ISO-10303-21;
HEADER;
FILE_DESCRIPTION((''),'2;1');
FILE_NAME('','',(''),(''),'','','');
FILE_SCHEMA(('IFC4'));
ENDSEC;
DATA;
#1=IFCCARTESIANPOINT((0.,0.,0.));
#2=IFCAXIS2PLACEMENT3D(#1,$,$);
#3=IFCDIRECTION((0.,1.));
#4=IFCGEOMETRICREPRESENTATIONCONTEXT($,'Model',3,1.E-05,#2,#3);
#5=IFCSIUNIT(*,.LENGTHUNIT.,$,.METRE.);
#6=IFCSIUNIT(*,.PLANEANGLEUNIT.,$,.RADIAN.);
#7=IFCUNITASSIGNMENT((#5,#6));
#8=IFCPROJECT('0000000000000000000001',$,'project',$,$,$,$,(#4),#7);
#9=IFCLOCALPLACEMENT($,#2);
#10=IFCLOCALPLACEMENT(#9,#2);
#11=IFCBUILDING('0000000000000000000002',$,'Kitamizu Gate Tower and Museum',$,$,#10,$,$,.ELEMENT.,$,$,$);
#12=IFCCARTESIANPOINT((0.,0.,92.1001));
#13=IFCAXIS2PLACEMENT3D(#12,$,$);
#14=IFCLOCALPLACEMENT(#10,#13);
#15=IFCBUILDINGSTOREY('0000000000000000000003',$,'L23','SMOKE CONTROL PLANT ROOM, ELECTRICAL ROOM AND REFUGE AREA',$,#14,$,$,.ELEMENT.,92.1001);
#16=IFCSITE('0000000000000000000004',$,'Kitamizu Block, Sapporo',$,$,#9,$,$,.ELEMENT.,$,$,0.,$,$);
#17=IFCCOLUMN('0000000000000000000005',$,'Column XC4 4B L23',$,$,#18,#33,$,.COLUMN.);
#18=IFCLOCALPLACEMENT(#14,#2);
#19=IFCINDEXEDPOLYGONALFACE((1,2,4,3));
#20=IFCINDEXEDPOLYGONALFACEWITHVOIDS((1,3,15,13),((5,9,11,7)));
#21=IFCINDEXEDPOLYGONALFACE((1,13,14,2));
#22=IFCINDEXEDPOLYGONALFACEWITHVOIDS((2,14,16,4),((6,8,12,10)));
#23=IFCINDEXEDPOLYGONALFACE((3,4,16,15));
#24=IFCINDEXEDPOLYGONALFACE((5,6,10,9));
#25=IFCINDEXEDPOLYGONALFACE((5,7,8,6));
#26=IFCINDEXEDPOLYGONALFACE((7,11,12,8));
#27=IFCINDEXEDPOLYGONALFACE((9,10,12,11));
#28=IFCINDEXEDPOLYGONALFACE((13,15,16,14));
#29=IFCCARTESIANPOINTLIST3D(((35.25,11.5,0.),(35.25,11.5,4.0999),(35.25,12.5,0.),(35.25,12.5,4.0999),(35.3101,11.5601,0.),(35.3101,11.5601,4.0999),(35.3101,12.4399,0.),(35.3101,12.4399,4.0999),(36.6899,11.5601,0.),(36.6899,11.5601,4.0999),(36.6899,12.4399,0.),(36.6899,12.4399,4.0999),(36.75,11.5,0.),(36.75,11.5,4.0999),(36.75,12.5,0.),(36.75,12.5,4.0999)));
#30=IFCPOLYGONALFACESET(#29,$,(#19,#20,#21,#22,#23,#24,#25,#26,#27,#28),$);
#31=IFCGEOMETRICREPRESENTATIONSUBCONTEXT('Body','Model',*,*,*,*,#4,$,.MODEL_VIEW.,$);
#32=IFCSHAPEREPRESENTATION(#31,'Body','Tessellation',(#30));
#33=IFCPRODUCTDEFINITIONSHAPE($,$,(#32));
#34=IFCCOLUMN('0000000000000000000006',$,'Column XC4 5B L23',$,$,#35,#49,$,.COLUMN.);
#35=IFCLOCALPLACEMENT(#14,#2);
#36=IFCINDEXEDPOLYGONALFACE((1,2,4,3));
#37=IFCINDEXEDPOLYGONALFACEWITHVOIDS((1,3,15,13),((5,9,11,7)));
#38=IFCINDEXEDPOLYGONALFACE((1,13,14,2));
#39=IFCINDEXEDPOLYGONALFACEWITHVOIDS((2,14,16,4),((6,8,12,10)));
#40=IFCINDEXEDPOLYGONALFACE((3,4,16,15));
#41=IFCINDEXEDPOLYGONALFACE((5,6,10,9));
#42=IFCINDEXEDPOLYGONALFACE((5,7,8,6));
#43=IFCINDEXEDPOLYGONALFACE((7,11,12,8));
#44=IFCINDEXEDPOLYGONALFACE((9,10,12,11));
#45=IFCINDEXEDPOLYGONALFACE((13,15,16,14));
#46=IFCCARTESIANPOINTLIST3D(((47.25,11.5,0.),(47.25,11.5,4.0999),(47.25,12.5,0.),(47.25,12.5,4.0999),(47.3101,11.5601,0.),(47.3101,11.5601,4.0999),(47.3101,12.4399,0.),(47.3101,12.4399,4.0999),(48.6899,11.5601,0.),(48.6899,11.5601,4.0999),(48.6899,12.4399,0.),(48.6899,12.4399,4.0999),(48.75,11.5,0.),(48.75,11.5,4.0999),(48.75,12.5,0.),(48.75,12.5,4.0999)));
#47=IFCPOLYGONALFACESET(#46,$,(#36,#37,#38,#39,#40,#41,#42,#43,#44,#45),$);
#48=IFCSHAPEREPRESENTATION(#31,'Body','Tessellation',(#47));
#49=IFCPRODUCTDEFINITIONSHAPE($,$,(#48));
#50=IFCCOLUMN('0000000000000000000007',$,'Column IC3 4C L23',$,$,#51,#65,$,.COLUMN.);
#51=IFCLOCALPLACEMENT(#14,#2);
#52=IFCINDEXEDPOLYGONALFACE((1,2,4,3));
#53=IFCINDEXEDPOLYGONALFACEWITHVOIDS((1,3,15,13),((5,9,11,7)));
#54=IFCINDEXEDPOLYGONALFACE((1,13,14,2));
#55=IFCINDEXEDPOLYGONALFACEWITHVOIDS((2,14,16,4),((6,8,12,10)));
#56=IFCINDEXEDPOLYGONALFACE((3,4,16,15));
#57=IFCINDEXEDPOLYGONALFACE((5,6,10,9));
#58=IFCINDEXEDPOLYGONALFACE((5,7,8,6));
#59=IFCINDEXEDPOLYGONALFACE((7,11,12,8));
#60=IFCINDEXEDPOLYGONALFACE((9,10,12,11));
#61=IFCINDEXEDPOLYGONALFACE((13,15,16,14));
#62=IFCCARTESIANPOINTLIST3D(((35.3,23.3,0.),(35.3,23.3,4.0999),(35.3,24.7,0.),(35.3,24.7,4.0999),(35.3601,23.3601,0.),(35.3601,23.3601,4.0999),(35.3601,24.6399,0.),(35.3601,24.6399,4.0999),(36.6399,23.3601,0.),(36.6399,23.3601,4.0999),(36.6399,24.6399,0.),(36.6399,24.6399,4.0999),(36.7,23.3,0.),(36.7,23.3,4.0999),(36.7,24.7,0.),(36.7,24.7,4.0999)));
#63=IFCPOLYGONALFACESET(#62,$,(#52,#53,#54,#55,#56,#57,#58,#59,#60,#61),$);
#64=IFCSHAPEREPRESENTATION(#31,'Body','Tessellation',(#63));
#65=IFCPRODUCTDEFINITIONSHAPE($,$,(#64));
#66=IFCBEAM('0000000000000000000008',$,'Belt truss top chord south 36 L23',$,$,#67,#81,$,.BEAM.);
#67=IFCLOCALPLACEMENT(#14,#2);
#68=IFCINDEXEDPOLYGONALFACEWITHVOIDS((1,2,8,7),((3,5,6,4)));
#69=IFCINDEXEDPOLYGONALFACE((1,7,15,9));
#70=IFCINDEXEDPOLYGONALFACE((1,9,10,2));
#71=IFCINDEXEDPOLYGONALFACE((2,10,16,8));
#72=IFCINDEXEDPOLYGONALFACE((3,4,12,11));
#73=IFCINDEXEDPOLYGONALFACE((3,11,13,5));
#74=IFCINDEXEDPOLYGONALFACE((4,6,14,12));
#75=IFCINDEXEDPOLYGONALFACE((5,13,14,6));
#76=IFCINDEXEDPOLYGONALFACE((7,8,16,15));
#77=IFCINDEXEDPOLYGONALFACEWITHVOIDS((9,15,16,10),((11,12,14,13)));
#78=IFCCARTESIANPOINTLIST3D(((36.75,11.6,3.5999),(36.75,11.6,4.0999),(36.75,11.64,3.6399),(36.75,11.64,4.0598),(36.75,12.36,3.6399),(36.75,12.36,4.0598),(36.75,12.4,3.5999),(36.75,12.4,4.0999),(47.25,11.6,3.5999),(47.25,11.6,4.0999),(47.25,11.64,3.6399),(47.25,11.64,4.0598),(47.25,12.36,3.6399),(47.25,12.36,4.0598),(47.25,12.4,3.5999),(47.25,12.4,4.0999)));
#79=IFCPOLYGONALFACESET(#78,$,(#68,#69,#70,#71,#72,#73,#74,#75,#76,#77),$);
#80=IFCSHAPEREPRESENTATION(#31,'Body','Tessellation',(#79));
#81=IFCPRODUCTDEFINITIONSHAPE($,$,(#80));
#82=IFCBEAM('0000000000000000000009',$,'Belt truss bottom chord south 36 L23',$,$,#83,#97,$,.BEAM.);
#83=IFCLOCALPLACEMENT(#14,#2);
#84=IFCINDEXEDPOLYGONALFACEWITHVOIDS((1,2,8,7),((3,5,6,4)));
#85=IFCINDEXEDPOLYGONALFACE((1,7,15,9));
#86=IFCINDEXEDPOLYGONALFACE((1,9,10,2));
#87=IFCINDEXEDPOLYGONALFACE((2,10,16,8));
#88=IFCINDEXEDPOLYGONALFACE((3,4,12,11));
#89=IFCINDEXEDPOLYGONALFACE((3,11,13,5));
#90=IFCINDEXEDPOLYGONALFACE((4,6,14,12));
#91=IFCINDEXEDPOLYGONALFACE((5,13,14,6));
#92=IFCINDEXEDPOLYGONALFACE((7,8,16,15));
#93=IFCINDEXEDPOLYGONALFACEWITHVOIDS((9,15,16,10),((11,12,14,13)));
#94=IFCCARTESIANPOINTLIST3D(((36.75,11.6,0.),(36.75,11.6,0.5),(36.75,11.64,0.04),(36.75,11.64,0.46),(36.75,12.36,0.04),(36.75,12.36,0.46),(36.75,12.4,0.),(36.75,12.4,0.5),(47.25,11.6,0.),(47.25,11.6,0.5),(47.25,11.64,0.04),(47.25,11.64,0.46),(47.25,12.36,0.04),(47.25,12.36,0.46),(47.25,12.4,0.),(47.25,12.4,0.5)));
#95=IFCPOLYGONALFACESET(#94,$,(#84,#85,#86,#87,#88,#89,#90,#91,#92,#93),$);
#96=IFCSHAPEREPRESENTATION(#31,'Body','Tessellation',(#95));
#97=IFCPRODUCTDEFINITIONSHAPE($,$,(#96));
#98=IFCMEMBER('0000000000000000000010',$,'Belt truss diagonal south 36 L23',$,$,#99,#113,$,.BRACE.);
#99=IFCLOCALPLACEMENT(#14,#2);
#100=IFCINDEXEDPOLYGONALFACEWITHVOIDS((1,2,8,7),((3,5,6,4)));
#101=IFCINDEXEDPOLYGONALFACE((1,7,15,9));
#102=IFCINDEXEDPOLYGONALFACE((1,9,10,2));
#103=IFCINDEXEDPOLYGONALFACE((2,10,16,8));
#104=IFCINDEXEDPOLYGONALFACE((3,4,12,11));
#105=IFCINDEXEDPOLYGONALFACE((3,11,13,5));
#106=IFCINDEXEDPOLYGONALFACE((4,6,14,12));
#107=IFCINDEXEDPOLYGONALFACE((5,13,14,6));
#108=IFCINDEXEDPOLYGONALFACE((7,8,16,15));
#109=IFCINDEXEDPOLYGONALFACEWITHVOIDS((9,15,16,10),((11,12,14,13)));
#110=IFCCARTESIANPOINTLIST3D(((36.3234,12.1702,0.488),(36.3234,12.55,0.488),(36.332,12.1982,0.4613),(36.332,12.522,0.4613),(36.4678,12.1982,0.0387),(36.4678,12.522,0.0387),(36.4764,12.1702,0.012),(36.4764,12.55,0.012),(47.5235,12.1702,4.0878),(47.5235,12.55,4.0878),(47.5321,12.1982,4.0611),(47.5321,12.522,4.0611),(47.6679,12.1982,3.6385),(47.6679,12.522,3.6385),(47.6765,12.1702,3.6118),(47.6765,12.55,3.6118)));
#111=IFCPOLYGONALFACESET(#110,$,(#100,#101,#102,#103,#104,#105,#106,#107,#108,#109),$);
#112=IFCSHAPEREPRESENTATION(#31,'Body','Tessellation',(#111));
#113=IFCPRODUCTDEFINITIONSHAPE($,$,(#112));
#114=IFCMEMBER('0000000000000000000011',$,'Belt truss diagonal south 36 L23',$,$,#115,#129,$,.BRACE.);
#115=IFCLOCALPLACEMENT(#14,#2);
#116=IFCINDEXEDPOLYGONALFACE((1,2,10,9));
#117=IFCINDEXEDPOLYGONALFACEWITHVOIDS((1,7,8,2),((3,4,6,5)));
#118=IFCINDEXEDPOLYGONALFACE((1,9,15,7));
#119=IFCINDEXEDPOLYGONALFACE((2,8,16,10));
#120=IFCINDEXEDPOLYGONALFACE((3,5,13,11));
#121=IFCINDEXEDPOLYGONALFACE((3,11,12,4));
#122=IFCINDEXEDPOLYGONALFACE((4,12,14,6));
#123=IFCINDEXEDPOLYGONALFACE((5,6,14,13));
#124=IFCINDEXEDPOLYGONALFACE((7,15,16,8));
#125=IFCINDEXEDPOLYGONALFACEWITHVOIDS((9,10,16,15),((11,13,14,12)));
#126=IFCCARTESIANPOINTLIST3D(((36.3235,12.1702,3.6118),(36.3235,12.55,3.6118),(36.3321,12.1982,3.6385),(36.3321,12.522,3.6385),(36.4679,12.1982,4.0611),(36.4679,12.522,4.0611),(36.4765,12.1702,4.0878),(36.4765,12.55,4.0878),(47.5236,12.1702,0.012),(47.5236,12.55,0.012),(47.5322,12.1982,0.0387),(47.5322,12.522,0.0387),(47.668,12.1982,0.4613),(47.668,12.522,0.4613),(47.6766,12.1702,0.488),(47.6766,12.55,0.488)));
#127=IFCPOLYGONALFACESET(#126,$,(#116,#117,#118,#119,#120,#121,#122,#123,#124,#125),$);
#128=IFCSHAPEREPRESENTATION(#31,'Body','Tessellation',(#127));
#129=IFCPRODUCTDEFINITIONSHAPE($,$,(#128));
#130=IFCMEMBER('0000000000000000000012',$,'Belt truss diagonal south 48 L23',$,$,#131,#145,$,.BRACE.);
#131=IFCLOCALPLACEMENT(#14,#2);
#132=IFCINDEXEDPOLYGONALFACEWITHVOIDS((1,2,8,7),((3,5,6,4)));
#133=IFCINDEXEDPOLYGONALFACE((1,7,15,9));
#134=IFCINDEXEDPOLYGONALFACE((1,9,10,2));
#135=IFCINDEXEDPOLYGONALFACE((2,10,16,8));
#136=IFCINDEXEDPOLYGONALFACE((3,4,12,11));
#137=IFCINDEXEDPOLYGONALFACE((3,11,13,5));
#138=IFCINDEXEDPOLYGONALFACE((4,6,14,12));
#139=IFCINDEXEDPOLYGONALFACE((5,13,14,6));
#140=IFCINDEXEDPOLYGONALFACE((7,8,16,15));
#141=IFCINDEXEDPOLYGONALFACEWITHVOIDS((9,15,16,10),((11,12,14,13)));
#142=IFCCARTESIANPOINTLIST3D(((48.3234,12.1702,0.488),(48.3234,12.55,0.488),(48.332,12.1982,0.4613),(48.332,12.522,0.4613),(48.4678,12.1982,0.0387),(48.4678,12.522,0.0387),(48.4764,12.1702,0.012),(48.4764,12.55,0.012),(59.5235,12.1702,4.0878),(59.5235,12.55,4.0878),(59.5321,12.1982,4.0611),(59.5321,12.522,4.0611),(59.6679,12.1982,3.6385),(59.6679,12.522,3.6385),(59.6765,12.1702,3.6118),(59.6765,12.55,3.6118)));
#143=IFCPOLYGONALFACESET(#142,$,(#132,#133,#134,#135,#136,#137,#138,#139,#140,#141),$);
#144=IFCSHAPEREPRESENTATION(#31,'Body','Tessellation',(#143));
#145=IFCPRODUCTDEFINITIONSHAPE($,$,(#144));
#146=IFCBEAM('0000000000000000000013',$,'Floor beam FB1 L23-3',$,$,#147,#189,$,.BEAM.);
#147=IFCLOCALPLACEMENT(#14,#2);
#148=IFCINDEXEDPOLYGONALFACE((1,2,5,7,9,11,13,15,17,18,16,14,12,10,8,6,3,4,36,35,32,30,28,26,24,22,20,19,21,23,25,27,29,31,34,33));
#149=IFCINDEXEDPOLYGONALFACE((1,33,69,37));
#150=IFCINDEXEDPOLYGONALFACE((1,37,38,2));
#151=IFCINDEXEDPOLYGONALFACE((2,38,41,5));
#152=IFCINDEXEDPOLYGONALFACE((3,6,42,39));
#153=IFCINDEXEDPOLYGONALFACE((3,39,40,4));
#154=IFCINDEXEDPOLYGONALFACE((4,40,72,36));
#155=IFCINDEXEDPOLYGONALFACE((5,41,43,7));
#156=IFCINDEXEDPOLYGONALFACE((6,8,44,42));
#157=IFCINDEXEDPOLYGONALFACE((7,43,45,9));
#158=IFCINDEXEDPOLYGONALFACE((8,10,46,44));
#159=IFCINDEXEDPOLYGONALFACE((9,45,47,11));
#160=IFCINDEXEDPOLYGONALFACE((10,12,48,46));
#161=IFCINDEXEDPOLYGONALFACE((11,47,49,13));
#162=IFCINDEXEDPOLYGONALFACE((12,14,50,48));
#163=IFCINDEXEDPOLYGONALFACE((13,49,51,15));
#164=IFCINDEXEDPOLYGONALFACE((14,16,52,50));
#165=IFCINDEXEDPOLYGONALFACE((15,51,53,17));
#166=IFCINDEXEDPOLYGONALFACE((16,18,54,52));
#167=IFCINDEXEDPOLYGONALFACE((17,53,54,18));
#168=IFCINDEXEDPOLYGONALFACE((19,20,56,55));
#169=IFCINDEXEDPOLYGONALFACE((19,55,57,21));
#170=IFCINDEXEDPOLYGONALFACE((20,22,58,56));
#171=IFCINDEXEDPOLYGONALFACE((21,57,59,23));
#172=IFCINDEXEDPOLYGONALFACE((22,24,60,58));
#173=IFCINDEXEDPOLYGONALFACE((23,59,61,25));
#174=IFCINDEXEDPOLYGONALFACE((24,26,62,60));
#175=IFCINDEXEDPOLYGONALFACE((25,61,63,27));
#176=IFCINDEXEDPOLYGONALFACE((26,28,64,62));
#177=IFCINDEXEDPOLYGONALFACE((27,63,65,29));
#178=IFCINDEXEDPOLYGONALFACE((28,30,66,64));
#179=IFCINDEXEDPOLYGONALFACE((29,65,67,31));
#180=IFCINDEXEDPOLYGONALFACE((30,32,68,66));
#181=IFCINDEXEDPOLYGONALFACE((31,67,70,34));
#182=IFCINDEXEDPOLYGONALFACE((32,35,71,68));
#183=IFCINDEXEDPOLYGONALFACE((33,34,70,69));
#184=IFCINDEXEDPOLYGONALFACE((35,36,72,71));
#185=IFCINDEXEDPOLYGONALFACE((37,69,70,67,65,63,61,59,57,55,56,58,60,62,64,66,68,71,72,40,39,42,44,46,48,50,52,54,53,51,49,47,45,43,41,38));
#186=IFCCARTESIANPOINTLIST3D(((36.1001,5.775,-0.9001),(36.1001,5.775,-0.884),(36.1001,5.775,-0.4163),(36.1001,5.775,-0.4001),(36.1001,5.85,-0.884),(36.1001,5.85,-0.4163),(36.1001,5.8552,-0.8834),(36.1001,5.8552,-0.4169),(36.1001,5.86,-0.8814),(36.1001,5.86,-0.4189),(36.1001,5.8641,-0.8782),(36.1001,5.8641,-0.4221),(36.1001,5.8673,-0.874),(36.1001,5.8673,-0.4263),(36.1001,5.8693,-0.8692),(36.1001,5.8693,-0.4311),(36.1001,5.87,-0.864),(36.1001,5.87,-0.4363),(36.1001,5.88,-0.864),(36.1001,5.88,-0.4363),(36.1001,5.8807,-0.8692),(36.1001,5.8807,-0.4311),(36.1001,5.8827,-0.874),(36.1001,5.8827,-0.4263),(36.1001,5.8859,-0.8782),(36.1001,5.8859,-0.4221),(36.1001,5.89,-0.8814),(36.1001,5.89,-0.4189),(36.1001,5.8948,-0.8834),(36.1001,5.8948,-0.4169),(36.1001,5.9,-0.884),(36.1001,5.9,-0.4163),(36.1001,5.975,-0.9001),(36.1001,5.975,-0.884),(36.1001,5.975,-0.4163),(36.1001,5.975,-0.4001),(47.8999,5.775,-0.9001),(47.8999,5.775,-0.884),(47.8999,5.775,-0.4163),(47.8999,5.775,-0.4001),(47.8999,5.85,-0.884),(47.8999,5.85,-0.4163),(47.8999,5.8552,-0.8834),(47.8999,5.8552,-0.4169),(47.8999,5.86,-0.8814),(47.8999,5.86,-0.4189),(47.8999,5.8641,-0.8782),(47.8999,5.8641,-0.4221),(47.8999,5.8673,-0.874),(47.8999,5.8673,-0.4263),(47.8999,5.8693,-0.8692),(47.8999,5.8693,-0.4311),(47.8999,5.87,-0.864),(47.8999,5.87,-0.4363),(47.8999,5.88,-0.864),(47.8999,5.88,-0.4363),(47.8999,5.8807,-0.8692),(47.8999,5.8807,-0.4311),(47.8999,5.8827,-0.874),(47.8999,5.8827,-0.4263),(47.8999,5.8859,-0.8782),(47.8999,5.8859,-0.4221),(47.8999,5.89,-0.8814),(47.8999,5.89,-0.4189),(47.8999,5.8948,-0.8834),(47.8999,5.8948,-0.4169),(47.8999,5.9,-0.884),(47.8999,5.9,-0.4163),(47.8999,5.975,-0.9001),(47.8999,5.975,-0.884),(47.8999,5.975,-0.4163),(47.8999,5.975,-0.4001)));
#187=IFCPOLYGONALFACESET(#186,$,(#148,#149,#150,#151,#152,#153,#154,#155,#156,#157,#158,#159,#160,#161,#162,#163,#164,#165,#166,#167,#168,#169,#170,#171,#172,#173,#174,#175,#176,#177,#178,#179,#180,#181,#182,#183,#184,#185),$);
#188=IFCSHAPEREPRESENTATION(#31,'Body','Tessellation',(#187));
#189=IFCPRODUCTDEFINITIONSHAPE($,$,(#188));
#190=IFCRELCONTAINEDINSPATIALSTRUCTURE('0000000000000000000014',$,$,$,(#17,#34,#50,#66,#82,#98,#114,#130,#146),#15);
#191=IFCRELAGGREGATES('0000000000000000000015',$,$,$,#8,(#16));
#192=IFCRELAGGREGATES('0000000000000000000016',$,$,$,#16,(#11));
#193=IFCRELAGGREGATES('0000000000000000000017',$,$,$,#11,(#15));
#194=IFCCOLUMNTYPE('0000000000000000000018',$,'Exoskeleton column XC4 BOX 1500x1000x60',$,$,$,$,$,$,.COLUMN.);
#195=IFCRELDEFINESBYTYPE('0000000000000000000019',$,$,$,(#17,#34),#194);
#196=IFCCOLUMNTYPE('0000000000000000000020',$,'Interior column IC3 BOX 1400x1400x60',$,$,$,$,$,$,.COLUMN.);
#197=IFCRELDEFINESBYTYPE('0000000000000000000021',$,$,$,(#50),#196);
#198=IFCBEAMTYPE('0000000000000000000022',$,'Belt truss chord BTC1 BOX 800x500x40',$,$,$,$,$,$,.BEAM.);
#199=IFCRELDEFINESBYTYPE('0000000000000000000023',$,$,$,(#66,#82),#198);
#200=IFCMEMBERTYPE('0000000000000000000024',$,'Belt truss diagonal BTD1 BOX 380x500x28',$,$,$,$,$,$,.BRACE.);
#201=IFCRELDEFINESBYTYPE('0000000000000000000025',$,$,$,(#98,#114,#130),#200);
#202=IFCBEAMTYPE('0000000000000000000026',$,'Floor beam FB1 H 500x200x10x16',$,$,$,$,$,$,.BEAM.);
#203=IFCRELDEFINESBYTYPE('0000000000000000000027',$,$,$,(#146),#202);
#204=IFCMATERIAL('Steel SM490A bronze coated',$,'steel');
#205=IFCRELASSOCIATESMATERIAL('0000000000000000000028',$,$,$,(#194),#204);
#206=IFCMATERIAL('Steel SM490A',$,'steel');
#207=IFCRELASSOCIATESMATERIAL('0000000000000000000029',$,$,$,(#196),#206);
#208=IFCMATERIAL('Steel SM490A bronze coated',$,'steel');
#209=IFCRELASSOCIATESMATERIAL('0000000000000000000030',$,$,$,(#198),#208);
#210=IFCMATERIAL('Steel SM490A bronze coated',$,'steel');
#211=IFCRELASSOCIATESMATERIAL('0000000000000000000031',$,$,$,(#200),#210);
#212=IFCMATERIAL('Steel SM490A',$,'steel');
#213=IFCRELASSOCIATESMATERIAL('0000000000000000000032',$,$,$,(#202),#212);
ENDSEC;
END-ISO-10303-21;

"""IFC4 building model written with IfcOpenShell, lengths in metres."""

from ifc_helpers import new_model, si_unit, direction, frame, origin, origin_2d, place, context, subcontext, project, spatial, hollow_rectangle, i_section, extrude, material, material_profile, profile_set, type_object, element, save


model = new_model("IFC4")

# Units and contexts
model_context = context("Model", 3, precision=1e-05, world=origin(), true_north=direction((0.0, 1.0)))
body_context = subcontext(model_context, "Body", "Model", "MODEL_VIEW")
ifc_project = project(units=[si_unit("LENGTHUNIT", "METRE"), si_unit("PLANEANGLEUNIT", "RADIAN")], contexts=[model_context])

# Site, building, storey
site_placement = place(None, origin())
site = spatial("IfcSite", under=ifc_project, at=site_placement, Name="Kitamizu Block, Sapporo", CompositionType="ELEMENT", RefElevation=0.0)
building_placement = place(site_placement, origin())
building = spatial("IfcBuilding", under=site, at=building_placement, Name="Kitamizu Gate Tower and Museum", CompositionType="ELEMENT")
storey_placement = place(building_placement, frame((0.0, 0.0, 92.1001)))
storey = spatial("IfcBuildingStorey", under=building, at=storey_placement, Name="L23", Description="SMOKE CONTROL PLANT ROOM, ELECTRICAL ROOM AND REFUGE AREA", CompositionType="ELEMENT", Elevation=92.1001)

# Columns
ifc_material_1 = material(Name="Steel SM490A bronze coated", Category="steel")
ifc_material_profile_1 = material_profile(ifc_material_1, hollow_rectangle(XDim=1.5, YDim=1.0, WallThickness=0.0601, at=origin_2d()), Name="BOX 1500x1000x60")
ifc_profile_set_1 = profile_set([ifc_material_profile_1], Name="Steel SM490A bronze coated")
column_type_1 = type_object("IfcColumnType", Name="Exoskeleton column XC4 BOX 1500x1000x60", PredefinedType="COLUMN", material=ifc_profile_set_1)
for number, where, z_axis, x_axis, name in (
    (1, (36.0, 12.0, 0.0), (0.0, 0.0, 1.0), (1.0, 0.0, 0.0), "Column XC4 4B L23"),
    (2, (48.0, 12.0, 0.0), (0.0, 0.0, 1.0), (1.0, 0.0, 0.0), "Column XC4 5B L23"),
):
    element("IfcColumn", number, at=place(storey_placement, frame(where, z_axis=z_axis, x_axis=x_axis)), inside=storey, type_object=column_type_1, Name=name, PredefinedType="COLUMN", context=body_context, shape_type="SweptSolid", body=[
        extrude(hollow_rectangle(XDim=1.5, YDim=1.0, WallThickness=0.0601, at=origin_2d()), origin(), (0.0, 0.0, 1.0), 4.0999),
    ])
ifc_material_2 = material(Name="Steel SM490A", Category="steel")
ifc_material_profile_2 = material_profile(ifc_material_2, hollow_rectangle(XDim=1.3999, YDim=1.3999, WallThickness=0.0601, at=origin_2d()), Name="BOX 1400x1400x60")
ifc_profile_set_2 = profile_set([ifc_material_profile_2], Name="Steel SM490A")
column_type_2 = type_object("IfcColumnType", Name="Interior column IC3 BOX 1400x1400x60", PredefinedType="COLUMN", material=ifc_profile_set_2)
column_placement = place(storey_placement, frame((36.0, 24.0, 0.0), z_axis=(0.0, 0.0, 1.0), x_axis=(1.0, 0.0, 0.0)))
element("IfcColumn", 3, at=column_placement, inside=storey, type_object=column_type_2, Name="Column IC3 4C L23", PredefinedType="COLUMN", context=body_context, shape_type="SweptSolid", body=[
    extrude(hollow_rectangle(XDim=1.3999, YDim=1.3999, WallThickness=0.0601, at=origin_2d()), origin(), (0.0, 0.0, 1.0), 4.0999),
])

# Beams
ifc_material_3 = material(Name="Steel SM490A bronze coated", Category="steel")
ifc_material_profile_3 = material_profile(ifc_material_3, hollow_rectangle(XDim=0.8, YDim=0.5, WallThickness=0.04, at=origin_2d()), Name="BOX 800x500x40")
ifc_profile_set_3 = profile_set([ifc_material_profile_3], Name="Steel SM490A bronze coated")
beam_type_1 = type_object("IfcBeamType", Name="Belt truss chord BTC1 BOX 800x500x40", PredefinedType="BEAM", material=ifc_profile_set_3)
for number, where, z_axis, x_axis, name in (
    (4, (36.75, 12.0, 3.8499), (1.0, 0.0, 0.0), (0.0, 1.0, 0.0), "Belt truss top chord south 36 L23"),
    (5, (36.75, 12.0, 0.25), (1.0, 0.0, 0.0), (0.0, 1.0, 0.0), "Belt truss bottom chord south 36 L23"),
):
    element("IfcBeam", number, at=place(storey_placement, frame(where, z_axis=z_axis, x_axis=x_axis)), inside=storey, type_object=beam_type_1, Name=name, PredefinedType="BEAM", context=body_context, shape_type="SweptSolid", body=[
        extrude(hollow_rectangle(XDim=0.8, YDim=0.5, WallThickness=0.04, at=origin_2d()), origin(), (0.0, 0.0, 1.0), 10.5),
    ])

# Members
ifc_material_4 = material(Name="Steel SM490A bronze coated", Category="steel")
ifc_material_profile_4 = material_profile(ifc_material_4, hollow_rectangle(XDim=0.3799, YDim=0.5, WallThickness=0.0281, at=origin_2d()), Name="BOX 380x500x28")
ifc_profile_set_4 = profile_set([ifc_material_profile_4], Name="Steel SM490A bronze coated")
member_type = type_object("IfcMemberType", Name="Belt truss diagonal BTD1 BOX 380x500x28", PredefinedType="BRACE", material=ifc_profile_set_4)
for number, where, z_axis, x_axis, name in (
    (6, (36.3999, 12.3601, 0.25), (0.952034, 0.0, 0.305993), (0.0, 1.0, 0.0), "Belt truss diagonal south 36 L23"),
    (7, (47.6001, 12.3601, 0.25), (-0.952034, 0.0, 0.305993), (0.0, -1.0, 0.0), "Belt truss diagonal south 36 L23"),
    (8, (48.3999, 12.3601, 0.25), (0.952034, 0.0, 0.305993), (0.0, 1.0, 0.0), "Belt truss diagonal south 48 L23"),
):
    element("IfcMember", number, at=place(storey_placement, frame(where, z_axis=z_axis, x_axis=x_axis)), inside=storey, type_object=member_type, Name=name, PredefinedType="BRACE", context=body_context, shape_type="SweptSolid", body=[
        extrude(hollow_rectangle(XDim=0.3799, YDim=0.5, WallThickness=0.0281, at=origin_2d()), origin(), (0.0, 0.0, 1.0), 11.7644),
    ])

# Beam
ifc_material_5 = material(Name="Steel SM490A", Category="steel")
ifc_material_profile_5 = material_profile(ifc_material_5, i_section(OverallWidth=0.2, OverallDepth=0.5, WebThickness=0.01, FlangeThickness=0.0161, FilletRadius=0.02, at=origin_2d()), Name="H-500x200x10x16")
ifc_profile_set_5 = profile_set([ifc_material_profile_5], Name="Steel SM490A")
beam_type_2 = type_object("IfcBeamType", Name="Floor beam FB1 H 500x200x10x16", PredefinedType="BEAM", material=ifc_profile_set_5)
for number, where, z_axis, x_axis, name in (
    (9, (36.1001, 5.875, -0.6501), (1.0, 0.0, 0.0), (0.0, 1.0, 0.0), "Floor beam FB1 L23-3"),
):
    element("IfcBeam", number, at=place(storey_placement, frame(where, z_axis=z_axis, x_axis=x_axis)), inside=storey, type_object=beam_type_2, Name=name, PredefinedType="BEAM", context=body_context, shape_type="SweptSolid", body=[
        extrude(i_section(OverallWidth=0.2, OverallDepth=0.5, WebThickness=0.01, FlangeThickness=0.0161, FilletRadius=0.02, at=origin_2d()), origin(), (0.0, 0.0, 1.0), 11.7998),
    ])

save(model, "model.ifc")
